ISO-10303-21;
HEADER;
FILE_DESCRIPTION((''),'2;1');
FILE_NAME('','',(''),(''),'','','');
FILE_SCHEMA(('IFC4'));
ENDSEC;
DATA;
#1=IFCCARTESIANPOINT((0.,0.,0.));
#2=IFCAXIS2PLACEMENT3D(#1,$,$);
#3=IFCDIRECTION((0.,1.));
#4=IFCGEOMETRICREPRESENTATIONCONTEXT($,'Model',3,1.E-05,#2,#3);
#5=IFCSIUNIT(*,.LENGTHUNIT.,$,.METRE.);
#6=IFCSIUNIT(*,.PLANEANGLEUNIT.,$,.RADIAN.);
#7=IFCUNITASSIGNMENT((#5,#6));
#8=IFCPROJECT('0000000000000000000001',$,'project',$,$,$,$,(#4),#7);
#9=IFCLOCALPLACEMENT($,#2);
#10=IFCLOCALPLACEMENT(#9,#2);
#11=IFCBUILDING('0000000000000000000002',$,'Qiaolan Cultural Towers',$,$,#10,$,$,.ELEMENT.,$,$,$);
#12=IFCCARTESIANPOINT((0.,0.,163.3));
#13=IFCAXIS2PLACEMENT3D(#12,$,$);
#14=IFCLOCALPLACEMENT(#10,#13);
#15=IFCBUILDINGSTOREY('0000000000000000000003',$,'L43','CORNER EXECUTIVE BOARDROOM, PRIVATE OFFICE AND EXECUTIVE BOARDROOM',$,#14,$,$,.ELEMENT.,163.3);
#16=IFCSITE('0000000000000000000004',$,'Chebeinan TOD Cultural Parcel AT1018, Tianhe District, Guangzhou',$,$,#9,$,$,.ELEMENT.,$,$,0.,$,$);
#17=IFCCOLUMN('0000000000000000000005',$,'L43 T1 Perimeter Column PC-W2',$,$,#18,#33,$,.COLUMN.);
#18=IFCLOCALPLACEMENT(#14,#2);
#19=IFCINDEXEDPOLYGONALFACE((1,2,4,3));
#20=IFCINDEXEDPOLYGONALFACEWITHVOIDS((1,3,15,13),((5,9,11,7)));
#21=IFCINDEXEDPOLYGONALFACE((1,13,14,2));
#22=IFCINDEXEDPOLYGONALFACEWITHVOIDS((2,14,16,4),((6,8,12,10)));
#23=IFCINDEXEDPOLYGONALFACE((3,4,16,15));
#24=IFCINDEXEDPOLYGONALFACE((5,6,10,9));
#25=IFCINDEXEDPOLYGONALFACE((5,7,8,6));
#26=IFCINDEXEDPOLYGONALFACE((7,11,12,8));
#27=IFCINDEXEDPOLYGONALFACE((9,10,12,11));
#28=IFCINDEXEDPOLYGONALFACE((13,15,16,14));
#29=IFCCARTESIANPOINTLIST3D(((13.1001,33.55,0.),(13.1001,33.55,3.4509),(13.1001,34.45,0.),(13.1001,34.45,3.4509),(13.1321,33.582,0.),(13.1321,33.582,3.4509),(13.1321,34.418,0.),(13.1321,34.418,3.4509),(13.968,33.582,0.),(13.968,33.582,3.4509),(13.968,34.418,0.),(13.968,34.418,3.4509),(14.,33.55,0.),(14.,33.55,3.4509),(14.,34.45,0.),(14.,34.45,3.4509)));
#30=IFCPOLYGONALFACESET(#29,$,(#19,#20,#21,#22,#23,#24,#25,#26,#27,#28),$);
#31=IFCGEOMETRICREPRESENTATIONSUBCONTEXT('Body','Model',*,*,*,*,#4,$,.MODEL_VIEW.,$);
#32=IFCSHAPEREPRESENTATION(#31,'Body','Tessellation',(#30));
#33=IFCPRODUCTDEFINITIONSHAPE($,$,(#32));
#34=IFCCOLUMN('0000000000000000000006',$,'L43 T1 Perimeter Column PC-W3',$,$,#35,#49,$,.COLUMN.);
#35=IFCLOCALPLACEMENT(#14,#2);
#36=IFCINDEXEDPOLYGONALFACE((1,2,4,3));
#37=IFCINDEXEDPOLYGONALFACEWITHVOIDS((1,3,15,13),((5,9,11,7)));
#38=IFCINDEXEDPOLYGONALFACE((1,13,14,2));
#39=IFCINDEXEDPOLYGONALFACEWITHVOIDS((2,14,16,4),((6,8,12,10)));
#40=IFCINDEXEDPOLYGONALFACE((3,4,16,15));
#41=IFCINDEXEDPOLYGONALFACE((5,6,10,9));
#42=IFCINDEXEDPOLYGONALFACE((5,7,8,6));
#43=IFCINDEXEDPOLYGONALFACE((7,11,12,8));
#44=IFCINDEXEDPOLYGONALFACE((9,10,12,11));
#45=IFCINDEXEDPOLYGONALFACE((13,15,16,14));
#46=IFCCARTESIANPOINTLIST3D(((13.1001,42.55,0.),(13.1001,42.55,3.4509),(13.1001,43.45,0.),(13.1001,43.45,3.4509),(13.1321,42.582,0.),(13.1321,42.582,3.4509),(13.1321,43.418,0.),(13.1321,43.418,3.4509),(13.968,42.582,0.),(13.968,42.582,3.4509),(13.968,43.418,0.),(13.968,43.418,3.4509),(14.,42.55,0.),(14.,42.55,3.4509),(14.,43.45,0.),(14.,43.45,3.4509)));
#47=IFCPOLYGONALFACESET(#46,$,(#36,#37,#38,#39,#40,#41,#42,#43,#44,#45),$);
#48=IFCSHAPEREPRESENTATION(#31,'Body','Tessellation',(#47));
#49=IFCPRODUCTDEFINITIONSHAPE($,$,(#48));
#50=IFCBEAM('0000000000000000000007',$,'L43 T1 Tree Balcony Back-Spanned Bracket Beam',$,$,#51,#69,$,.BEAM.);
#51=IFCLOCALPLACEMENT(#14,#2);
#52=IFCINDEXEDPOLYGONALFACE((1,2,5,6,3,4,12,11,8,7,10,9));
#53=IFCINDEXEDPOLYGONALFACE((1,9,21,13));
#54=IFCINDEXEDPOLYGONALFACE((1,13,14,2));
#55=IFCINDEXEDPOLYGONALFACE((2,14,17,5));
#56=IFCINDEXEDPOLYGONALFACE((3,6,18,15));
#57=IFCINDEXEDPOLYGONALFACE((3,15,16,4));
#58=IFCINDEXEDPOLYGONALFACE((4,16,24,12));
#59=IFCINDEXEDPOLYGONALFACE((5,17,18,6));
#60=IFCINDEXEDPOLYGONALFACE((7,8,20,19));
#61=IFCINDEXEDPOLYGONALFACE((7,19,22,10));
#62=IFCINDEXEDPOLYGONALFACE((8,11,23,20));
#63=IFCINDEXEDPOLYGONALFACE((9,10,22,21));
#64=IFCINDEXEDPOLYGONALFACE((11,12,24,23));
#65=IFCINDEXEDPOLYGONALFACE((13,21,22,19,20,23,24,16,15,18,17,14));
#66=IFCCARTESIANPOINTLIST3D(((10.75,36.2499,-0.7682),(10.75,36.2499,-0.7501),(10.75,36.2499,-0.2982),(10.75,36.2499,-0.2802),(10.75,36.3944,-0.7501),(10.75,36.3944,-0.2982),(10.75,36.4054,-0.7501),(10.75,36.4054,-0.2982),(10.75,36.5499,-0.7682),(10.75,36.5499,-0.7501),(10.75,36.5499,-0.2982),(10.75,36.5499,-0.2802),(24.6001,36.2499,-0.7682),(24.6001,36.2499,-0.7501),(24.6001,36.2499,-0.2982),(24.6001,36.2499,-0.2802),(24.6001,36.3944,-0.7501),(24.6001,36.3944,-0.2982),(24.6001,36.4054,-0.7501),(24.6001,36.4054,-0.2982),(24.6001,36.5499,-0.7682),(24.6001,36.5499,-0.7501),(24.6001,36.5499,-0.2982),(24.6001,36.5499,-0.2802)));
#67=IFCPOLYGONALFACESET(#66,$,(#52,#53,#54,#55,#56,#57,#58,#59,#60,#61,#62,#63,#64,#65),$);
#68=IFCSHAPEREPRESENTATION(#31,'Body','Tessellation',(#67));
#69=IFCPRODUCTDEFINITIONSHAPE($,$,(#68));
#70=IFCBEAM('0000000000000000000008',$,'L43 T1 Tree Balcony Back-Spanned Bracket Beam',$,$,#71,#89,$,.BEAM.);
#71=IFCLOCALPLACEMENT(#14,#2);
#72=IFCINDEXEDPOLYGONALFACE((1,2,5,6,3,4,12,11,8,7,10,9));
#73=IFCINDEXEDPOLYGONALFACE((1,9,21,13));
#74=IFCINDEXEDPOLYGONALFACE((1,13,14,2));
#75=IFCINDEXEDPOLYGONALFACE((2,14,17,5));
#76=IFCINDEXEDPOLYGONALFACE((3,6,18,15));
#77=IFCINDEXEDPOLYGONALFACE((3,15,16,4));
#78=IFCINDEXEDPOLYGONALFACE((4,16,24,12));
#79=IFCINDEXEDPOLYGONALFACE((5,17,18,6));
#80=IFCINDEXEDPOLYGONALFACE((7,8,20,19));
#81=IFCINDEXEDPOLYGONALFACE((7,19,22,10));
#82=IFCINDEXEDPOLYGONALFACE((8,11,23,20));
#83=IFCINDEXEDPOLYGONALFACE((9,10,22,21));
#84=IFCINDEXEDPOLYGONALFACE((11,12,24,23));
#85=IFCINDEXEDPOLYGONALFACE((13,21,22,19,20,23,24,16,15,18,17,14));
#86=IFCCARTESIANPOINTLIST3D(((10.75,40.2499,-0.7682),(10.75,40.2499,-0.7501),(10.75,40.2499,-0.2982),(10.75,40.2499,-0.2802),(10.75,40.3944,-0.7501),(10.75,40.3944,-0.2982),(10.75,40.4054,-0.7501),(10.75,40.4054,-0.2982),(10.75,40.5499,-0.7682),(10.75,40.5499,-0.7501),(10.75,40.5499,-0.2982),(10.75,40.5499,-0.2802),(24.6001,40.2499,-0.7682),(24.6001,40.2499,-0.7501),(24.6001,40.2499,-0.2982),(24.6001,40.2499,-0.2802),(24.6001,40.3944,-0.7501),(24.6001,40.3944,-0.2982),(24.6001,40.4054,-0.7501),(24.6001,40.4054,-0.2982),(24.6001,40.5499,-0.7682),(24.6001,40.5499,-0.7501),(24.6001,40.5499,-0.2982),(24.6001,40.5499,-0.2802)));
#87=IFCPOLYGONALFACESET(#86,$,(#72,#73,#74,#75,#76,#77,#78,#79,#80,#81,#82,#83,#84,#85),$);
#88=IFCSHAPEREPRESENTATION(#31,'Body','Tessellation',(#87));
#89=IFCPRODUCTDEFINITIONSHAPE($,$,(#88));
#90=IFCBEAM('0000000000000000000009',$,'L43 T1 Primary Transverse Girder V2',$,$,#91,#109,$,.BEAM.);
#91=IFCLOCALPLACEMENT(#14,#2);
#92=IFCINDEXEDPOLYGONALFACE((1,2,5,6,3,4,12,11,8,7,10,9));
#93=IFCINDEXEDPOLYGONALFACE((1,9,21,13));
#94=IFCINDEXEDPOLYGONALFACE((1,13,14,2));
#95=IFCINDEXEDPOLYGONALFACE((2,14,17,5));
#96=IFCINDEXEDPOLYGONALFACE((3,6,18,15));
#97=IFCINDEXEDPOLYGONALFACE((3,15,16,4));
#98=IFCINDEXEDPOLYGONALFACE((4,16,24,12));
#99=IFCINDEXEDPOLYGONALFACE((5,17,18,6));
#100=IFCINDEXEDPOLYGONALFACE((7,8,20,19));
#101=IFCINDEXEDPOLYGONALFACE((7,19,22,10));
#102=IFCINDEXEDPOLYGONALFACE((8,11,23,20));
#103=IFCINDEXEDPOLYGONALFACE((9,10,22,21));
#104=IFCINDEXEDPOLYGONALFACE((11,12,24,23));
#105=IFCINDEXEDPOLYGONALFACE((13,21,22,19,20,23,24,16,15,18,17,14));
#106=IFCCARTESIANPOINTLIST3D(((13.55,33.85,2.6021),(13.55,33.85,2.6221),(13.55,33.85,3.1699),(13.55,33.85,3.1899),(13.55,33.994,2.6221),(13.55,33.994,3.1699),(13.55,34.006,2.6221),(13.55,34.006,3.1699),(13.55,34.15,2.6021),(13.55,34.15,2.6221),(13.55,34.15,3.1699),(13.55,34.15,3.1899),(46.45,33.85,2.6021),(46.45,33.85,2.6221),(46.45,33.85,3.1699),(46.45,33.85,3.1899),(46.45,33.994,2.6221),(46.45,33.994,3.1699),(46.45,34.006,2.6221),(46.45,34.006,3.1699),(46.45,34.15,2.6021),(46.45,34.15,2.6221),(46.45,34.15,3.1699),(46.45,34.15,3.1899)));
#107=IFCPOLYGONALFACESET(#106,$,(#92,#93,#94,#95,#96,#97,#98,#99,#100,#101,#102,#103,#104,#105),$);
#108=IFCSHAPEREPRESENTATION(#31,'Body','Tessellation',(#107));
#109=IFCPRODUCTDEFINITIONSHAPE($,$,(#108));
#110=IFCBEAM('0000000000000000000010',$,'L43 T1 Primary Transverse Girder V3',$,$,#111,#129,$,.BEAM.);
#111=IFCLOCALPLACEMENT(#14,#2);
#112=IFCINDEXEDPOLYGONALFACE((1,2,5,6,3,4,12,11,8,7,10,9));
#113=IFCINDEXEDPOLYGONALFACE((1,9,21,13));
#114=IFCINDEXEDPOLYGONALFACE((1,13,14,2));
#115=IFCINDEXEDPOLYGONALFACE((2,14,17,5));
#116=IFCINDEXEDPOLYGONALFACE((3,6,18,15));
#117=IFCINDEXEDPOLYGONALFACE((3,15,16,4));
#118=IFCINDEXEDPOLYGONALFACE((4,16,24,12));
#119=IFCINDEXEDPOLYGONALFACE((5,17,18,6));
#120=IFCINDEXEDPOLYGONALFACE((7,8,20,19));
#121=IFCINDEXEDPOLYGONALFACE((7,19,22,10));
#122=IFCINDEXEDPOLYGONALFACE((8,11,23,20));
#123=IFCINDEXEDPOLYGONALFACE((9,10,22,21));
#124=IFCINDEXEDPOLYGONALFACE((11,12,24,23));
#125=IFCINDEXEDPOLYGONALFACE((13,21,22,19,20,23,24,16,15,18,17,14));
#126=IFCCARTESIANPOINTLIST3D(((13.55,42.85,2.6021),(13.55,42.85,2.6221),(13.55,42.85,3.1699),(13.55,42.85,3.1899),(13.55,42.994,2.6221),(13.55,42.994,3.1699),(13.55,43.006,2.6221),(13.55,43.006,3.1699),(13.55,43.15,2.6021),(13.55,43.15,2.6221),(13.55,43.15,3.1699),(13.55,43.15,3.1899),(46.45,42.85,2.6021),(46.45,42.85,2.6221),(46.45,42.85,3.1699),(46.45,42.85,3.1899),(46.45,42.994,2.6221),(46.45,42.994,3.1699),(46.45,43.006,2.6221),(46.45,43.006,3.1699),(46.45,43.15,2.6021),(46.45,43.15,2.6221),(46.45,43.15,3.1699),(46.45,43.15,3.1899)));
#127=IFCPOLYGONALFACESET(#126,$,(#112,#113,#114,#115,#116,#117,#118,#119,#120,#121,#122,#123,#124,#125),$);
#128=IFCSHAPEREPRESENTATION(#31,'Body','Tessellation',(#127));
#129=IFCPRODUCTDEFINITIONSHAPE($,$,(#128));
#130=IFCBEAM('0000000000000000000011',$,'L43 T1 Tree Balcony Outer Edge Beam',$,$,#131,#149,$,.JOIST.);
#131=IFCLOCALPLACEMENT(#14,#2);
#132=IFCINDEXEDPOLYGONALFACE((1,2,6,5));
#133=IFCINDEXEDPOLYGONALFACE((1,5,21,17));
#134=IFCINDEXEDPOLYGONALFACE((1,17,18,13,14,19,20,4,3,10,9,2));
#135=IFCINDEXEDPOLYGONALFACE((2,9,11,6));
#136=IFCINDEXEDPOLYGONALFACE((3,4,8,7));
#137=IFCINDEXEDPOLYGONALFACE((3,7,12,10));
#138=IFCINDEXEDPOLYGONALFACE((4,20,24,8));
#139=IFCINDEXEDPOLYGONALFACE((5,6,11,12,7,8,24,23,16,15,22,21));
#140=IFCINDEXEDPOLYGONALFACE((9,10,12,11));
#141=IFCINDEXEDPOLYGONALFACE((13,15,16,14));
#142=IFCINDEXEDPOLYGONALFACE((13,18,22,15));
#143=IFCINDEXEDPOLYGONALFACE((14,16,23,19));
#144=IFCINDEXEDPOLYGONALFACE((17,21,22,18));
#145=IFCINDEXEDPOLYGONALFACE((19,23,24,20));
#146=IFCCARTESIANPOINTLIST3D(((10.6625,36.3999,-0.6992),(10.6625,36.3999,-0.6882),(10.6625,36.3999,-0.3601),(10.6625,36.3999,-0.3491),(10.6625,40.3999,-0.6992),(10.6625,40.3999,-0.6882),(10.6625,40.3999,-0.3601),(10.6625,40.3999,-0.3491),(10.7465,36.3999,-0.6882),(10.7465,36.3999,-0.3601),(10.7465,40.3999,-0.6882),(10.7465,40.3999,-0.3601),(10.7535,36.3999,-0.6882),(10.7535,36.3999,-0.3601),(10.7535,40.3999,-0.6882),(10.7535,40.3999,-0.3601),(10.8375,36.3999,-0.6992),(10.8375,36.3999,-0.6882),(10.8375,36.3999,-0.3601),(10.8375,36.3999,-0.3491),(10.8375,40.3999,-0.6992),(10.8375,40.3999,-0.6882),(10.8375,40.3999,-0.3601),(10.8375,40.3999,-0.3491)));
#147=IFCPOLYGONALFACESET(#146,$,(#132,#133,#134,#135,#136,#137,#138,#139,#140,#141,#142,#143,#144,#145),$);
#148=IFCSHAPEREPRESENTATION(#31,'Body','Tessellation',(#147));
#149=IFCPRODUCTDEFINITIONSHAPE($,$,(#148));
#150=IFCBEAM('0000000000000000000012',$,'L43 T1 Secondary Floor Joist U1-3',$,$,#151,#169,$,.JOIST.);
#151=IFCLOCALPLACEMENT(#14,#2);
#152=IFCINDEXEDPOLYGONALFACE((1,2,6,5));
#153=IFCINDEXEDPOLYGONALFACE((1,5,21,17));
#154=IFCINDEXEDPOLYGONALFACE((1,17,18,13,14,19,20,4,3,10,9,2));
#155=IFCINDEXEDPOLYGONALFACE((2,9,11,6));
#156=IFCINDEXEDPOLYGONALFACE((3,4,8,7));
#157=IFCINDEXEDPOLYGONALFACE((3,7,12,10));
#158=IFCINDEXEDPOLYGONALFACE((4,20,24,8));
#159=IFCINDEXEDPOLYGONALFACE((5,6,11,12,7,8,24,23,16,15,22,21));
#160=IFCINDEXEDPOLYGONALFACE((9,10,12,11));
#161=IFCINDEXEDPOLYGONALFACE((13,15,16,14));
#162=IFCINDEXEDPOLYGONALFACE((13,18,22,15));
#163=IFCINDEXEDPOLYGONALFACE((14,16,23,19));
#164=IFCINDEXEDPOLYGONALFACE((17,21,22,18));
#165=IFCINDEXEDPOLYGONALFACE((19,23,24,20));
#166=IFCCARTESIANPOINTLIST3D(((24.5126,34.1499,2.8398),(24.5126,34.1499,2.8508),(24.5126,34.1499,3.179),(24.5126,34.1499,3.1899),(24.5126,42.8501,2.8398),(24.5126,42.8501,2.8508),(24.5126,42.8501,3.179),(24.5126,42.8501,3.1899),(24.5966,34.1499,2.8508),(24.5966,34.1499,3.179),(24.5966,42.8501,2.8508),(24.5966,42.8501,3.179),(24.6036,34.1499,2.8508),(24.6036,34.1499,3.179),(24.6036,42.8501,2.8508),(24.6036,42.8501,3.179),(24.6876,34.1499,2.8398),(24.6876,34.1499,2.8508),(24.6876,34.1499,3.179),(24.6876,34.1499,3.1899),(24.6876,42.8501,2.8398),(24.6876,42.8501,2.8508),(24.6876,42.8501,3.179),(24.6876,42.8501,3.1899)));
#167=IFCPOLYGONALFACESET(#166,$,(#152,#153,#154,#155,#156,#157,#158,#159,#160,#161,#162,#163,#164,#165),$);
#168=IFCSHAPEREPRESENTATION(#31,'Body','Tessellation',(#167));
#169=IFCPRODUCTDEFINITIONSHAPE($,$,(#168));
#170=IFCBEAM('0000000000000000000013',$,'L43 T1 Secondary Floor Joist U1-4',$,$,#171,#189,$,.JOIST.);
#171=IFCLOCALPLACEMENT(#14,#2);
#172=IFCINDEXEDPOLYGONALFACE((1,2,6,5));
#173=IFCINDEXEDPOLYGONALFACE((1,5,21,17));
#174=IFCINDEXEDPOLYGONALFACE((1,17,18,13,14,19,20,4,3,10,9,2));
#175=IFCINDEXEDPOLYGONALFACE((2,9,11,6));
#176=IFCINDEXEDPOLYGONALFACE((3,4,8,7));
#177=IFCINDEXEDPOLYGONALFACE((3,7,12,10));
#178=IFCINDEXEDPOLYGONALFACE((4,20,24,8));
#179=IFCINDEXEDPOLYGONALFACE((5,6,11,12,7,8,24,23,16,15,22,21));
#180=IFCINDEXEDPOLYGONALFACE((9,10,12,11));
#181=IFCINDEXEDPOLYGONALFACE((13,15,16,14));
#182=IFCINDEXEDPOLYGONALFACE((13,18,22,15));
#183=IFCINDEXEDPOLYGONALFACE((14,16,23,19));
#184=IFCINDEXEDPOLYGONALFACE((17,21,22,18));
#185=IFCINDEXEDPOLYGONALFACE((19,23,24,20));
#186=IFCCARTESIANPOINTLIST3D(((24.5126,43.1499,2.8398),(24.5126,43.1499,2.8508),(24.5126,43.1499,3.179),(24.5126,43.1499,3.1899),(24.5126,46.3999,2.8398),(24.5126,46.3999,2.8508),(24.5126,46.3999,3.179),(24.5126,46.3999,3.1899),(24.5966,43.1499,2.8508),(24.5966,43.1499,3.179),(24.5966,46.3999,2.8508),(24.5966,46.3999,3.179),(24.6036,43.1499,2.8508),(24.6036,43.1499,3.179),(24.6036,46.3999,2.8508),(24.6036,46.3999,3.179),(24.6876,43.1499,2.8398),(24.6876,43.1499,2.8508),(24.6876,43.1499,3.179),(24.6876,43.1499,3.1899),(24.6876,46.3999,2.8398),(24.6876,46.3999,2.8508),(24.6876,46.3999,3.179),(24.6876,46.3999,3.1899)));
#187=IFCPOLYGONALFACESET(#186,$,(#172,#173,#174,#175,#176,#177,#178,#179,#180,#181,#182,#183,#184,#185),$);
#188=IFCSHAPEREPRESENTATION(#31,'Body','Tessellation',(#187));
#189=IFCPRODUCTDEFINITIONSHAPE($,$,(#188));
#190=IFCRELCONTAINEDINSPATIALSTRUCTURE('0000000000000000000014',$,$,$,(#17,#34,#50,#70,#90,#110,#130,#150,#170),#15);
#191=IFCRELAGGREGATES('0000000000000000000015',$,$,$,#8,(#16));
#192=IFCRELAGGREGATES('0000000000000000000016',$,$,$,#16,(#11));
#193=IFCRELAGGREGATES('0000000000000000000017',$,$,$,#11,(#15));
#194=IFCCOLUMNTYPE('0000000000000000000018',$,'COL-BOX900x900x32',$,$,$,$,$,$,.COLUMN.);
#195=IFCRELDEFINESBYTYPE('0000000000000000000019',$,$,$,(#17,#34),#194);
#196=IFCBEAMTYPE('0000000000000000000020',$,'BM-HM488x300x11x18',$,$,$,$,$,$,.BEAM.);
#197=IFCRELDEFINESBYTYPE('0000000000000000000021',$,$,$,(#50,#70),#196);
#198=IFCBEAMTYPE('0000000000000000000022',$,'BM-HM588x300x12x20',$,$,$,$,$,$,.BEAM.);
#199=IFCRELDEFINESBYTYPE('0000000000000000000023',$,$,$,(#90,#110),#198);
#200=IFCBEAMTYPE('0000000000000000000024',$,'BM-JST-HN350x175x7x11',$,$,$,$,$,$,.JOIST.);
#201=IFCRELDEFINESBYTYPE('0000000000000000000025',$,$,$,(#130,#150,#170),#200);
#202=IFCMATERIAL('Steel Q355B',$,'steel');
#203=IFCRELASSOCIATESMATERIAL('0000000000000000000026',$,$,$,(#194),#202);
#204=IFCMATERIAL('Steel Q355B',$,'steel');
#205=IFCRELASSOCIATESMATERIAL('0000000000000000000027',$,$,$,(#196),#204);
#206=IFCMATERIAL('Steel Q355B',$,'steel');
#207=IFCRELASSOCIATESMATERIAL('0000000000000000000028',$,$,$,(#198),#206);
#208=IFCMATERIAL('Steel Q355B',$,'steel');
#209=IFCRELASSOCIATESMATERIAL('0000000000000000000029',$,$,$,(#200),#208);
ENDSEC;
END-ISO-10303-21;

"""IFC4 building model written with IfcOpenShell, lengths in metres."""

from ifc_helpers import new_model, si_unit, direction, frame, origin, origin_2d, place, context, subcontext, project, spatial, hollow_rectangle, i_section, extrude, material, material_profile, profile_set, type_object, element, save


model = new_model("IFC4")

# Units and contexts
model_context = context("Model", 3, precision=1e-05, world=origin(), true_north=direction((0.0, 1.0)))
body_context = subcontext(model_context, "Body", "Model", "MODEL_VIEW")
ifc_project = project(units=[si_unit("LENGTHUNIT", "METRE"), si_unit("PLANEANGLEUNIT", "RADIAN")], contexts=[model_context])

# Site, building, storey
site_placement = place(None, origin())
site = spatial("IfcSite", under=ifc_project, at=site_placement, Name="Chebeinan TOD Cultural Parcel AT1018, Tianhe District, Guangzhou", CompositionType="ELEMENT", RefElevation=0.0)
building_placement = place(site_placement, origin())
building = spatial("IfcBuilding", under=site, at=building_placement, Name="Qiaolan Cultural Towers", CompositionType="ELEMENT")
storey_placement = place(building_placement, frame((0.0, 0.0, 163.3)))
storey = spatial("IfcBuildingStorey", under=building, at=storey_placement, Name="L43", Description="CORNER EXECUTIVE BOARDROOM, PRIVATE OFFICE AND EXECUTIVE BOARDROOM", CompositionType="ELEMENT", Elevation=163.3)

# Columns
ifc_material_1 = material(Name="Steel Q355B", Category="steel")
ifc_material_profile_1 = material_profile(ifc_material_1, hollow_rectangle(XDim=0.8999, YDim=0.8999, WallThickness=0.032, at=origin_2d()), Name="BOX900x900x32")
ifc_profile_set_1 = profile_set([ifc_material_profile_1], Name="Steel Q355B")
column_type = type_object("IfcColumnType", Name="COL-BOX900x900x32", PredefinedType="COLUMN", material=ifc_profile_set_1)
for number, where, z_axis, x_axis, name in (
    (1, (13.55, 34.0, 0.0), (0.0, 0.0, 1.0), (1.0, 0.0, 0.0), "L43 T1 Perimeter Column PC-W2"),
    (2, (13.55, 43.0, 0.0), (0.0, 0.0, 1.0), (1.0, 0.0, 0.0), "L43 T1 Perimeter Column PC-W3"),
):
    element("IfcColumn", number, at=place(storey_placement, frame(where, z_axis=z_axis, x_axis=x_axis)), inside=storey, type_object=column_type, Name=name, PredefinedType="COLUMN", context=body_context, shape_type="SweptSolid", body=[
        extrude(hollow_rectangle(XDim=0.8999, YDim=0.8999, WallThickness=0.032, at=origin_2d()), origin(), (0.0, 0.0, 1.0), 3.4509),
    ])

# Beams
ifc_material_2 = material(Name="Steel Q355B", Category="steel")
ifc_material_profile_2 = material_profile(ifc_material_2, i_section(OverallWidth=0.3, OverallDepth=0.488, WebThickness=0.011, FlangeThickness=0.0181, at=origin_2d()), Name="HM488x300x11x18")
ifc_profile_set_2 = profile_set([ifc_material_profile_2], Name="Steel Q355B")
beam_type_1 = type_object("IfcBeamType", Name="BM-HM488x300x11x18", PredefinedType="BEAM", material=ifc_profile_set_2)
for number, where, z_axis, x_axis, name in (
    (3, (24.6001, 36.3999, -0.5242), (-1.0, 0.0, 0.0), (0.0, -1.0, 0.0), "L43 T1 Tree Balcony Back-Spanned Bracket Beam"),
    (4, (24.6001, 40.3999, -0.5242), (-1.0, 0.0, 0.0), (0.0, -1.0, 0.0), "L43 T1 Tree Balcony Back-Spanned Bracket Beam"),
):
    element("IfcBeam", number, at=place(storey_placement, frame(where, z_axis=z_axis, x_axis=x_axis)), inside=storey, type_object=beam_type_1, Name=name, PredefinedType="BEAM", context=body_context, shape_type="SweptSolid", body=[
        extrude(i_section(OverallWidth=0.3, OverallDepth=0.488, WebThickness=0.011, FlangeThickness=0.0181, at=origin_2d()), origin(), (0.0, 0.0, 1.0), 13.8501),
    ])
ifc_material_3 = material(Name="Steel Q355B", Category="steel")
ifc_material_profile_3 = material_profile(ifc_material_3, i_section(OverallWidth=0.3, OverallDepth=0.5879, WebThickness=0.012, FlangeThickness=0.02, at=origin_2d()), Name="HM588x300x12x20")
ifc_profile_set_3 = profile_set([ifc_material_profile_3], Name="Steel Q355B")
beam_type_2 = type_object("IfcBeamType", Name="BM-HM588x300x12x20", PredefinedType="BEAM", material=ifc_profile_set_3)
for number, where, z_axis, x_axis, name in (
    (5, (13.55, 34.0, 2.896), (1.0, 0.0, 0.0), (0.0, 1.0, 0.0), "L43 T1 Primary Transverse Girder V2"),
    (6, (13.55, 43.0, 2.896), (1.0, 0.0, 0.0), (0.0, 1.0, 0.0), "L43 T1 Primary Transverse Girder V3"),
):
    element("IfcBeam", number, at=place(storey_placement, frame(where, z_axis=z_axis, x_axis=x_axis)), inside=storey, type_object=beam_type_2, Name=name, PredefinedType="BEAM", context=body_context, shape_type="SweptSolid", body=[
        extrude(i_section(OverallWidth=0.3, OverallDepth=0.5879, WebThickness=0.012, FlangeThickness=0.02, at=origin_2d()), origin(), (0.0, 0.0, 1.0), 32.8999),
    ])
ifc_material_4 = material(Name="Steel Q355B", Category="steel")
ifc_material_profile_4 = material_profile(ifc_material_4, i_section(OverallWidth=0.175, OverallDepth=0.3501, WebThickness=0.0071, FlangeThickness=0.011, at=origin_2d()), Name="HN350x175x7x11")
ifc_profile_set_4 = profile_set([ifc_material_profile_4], Name="Steel Q355B")
beam_type_3 = type_object("IfcBeamType", Name="BM-JST-HN350x175x7x11", PredefinedType="JOIST", material=ifc_profile_set_4)
beam_1_placement = place(storey_placement, frame((10.75, 36.3999, -0.5242), z_axis=(0.0, 1.0, 0.0), x_axis=(-1.0, 0.0, 0.0)))
element("IfcBeam", 7, at=beam_1_placement, inside=storey, type_object=beam_type_3, Name="L43 T1 Tree Balcony Outer Edge Beam", PredefinedType="JOIST", context=body_context, shape_type="SweptSolid", body=[
    extrude(i_section(OverallWidth=0.175, OverallDepth=0.3501, WebThickness=0.0071, FlangeThickness=0.011, at=origin_2d()), origin(), (0.0, 0.0, 1.0), 4.0),
])
beam_2_placement = place(storey_placement, frame((24.6001, 34.1499, 3.0149), z_axis=(0.0, 1.0, 0.0), x_axis=(-1.0, 0.0, 0.0)))
element("IfcBeam", 8, at=beam_2_placement, inside=storey, type_object=beam_type_3, Name="L43 T1 Secondary Floor Joist U1-3", PredefinedType="JOIST", context=body_context, shape_type="SweptSolid", body=[
    extrude(i_section(OverallWidth=0.175, OverallDepth=0.3501, WebThickness=0.0071, FlangeThickness=0.011, at=origin_2d()), origin(), (0.0, 0.0, 1.0), 8.7002),
])
beam_3_placement = place(storey_placement, frame((24.6001, 43.1499, 3.0149), z_axis=(0.0, 1.0, 0.0), x_axis=(-1.0, 0.0, 0.0)))
element("IfcBeam", 9, at=beam_3_placement, inside=storey, type_object=beam_type_3, Name="L43 T1 Secondary Floor Joist U1-4", PredefinedType="JOIST", context=body_context, shape_type="SweptSolid", body=[
    extrude(i_section(OverallWidth=0.175, OverallDepth=0.3501, WebThickness=0.0071, FlangeThickness=0.011, at=origin_2d()), origin(), (0.0, 0.0, 1.0), 3.25),
])

save(model, "model.ifc")
